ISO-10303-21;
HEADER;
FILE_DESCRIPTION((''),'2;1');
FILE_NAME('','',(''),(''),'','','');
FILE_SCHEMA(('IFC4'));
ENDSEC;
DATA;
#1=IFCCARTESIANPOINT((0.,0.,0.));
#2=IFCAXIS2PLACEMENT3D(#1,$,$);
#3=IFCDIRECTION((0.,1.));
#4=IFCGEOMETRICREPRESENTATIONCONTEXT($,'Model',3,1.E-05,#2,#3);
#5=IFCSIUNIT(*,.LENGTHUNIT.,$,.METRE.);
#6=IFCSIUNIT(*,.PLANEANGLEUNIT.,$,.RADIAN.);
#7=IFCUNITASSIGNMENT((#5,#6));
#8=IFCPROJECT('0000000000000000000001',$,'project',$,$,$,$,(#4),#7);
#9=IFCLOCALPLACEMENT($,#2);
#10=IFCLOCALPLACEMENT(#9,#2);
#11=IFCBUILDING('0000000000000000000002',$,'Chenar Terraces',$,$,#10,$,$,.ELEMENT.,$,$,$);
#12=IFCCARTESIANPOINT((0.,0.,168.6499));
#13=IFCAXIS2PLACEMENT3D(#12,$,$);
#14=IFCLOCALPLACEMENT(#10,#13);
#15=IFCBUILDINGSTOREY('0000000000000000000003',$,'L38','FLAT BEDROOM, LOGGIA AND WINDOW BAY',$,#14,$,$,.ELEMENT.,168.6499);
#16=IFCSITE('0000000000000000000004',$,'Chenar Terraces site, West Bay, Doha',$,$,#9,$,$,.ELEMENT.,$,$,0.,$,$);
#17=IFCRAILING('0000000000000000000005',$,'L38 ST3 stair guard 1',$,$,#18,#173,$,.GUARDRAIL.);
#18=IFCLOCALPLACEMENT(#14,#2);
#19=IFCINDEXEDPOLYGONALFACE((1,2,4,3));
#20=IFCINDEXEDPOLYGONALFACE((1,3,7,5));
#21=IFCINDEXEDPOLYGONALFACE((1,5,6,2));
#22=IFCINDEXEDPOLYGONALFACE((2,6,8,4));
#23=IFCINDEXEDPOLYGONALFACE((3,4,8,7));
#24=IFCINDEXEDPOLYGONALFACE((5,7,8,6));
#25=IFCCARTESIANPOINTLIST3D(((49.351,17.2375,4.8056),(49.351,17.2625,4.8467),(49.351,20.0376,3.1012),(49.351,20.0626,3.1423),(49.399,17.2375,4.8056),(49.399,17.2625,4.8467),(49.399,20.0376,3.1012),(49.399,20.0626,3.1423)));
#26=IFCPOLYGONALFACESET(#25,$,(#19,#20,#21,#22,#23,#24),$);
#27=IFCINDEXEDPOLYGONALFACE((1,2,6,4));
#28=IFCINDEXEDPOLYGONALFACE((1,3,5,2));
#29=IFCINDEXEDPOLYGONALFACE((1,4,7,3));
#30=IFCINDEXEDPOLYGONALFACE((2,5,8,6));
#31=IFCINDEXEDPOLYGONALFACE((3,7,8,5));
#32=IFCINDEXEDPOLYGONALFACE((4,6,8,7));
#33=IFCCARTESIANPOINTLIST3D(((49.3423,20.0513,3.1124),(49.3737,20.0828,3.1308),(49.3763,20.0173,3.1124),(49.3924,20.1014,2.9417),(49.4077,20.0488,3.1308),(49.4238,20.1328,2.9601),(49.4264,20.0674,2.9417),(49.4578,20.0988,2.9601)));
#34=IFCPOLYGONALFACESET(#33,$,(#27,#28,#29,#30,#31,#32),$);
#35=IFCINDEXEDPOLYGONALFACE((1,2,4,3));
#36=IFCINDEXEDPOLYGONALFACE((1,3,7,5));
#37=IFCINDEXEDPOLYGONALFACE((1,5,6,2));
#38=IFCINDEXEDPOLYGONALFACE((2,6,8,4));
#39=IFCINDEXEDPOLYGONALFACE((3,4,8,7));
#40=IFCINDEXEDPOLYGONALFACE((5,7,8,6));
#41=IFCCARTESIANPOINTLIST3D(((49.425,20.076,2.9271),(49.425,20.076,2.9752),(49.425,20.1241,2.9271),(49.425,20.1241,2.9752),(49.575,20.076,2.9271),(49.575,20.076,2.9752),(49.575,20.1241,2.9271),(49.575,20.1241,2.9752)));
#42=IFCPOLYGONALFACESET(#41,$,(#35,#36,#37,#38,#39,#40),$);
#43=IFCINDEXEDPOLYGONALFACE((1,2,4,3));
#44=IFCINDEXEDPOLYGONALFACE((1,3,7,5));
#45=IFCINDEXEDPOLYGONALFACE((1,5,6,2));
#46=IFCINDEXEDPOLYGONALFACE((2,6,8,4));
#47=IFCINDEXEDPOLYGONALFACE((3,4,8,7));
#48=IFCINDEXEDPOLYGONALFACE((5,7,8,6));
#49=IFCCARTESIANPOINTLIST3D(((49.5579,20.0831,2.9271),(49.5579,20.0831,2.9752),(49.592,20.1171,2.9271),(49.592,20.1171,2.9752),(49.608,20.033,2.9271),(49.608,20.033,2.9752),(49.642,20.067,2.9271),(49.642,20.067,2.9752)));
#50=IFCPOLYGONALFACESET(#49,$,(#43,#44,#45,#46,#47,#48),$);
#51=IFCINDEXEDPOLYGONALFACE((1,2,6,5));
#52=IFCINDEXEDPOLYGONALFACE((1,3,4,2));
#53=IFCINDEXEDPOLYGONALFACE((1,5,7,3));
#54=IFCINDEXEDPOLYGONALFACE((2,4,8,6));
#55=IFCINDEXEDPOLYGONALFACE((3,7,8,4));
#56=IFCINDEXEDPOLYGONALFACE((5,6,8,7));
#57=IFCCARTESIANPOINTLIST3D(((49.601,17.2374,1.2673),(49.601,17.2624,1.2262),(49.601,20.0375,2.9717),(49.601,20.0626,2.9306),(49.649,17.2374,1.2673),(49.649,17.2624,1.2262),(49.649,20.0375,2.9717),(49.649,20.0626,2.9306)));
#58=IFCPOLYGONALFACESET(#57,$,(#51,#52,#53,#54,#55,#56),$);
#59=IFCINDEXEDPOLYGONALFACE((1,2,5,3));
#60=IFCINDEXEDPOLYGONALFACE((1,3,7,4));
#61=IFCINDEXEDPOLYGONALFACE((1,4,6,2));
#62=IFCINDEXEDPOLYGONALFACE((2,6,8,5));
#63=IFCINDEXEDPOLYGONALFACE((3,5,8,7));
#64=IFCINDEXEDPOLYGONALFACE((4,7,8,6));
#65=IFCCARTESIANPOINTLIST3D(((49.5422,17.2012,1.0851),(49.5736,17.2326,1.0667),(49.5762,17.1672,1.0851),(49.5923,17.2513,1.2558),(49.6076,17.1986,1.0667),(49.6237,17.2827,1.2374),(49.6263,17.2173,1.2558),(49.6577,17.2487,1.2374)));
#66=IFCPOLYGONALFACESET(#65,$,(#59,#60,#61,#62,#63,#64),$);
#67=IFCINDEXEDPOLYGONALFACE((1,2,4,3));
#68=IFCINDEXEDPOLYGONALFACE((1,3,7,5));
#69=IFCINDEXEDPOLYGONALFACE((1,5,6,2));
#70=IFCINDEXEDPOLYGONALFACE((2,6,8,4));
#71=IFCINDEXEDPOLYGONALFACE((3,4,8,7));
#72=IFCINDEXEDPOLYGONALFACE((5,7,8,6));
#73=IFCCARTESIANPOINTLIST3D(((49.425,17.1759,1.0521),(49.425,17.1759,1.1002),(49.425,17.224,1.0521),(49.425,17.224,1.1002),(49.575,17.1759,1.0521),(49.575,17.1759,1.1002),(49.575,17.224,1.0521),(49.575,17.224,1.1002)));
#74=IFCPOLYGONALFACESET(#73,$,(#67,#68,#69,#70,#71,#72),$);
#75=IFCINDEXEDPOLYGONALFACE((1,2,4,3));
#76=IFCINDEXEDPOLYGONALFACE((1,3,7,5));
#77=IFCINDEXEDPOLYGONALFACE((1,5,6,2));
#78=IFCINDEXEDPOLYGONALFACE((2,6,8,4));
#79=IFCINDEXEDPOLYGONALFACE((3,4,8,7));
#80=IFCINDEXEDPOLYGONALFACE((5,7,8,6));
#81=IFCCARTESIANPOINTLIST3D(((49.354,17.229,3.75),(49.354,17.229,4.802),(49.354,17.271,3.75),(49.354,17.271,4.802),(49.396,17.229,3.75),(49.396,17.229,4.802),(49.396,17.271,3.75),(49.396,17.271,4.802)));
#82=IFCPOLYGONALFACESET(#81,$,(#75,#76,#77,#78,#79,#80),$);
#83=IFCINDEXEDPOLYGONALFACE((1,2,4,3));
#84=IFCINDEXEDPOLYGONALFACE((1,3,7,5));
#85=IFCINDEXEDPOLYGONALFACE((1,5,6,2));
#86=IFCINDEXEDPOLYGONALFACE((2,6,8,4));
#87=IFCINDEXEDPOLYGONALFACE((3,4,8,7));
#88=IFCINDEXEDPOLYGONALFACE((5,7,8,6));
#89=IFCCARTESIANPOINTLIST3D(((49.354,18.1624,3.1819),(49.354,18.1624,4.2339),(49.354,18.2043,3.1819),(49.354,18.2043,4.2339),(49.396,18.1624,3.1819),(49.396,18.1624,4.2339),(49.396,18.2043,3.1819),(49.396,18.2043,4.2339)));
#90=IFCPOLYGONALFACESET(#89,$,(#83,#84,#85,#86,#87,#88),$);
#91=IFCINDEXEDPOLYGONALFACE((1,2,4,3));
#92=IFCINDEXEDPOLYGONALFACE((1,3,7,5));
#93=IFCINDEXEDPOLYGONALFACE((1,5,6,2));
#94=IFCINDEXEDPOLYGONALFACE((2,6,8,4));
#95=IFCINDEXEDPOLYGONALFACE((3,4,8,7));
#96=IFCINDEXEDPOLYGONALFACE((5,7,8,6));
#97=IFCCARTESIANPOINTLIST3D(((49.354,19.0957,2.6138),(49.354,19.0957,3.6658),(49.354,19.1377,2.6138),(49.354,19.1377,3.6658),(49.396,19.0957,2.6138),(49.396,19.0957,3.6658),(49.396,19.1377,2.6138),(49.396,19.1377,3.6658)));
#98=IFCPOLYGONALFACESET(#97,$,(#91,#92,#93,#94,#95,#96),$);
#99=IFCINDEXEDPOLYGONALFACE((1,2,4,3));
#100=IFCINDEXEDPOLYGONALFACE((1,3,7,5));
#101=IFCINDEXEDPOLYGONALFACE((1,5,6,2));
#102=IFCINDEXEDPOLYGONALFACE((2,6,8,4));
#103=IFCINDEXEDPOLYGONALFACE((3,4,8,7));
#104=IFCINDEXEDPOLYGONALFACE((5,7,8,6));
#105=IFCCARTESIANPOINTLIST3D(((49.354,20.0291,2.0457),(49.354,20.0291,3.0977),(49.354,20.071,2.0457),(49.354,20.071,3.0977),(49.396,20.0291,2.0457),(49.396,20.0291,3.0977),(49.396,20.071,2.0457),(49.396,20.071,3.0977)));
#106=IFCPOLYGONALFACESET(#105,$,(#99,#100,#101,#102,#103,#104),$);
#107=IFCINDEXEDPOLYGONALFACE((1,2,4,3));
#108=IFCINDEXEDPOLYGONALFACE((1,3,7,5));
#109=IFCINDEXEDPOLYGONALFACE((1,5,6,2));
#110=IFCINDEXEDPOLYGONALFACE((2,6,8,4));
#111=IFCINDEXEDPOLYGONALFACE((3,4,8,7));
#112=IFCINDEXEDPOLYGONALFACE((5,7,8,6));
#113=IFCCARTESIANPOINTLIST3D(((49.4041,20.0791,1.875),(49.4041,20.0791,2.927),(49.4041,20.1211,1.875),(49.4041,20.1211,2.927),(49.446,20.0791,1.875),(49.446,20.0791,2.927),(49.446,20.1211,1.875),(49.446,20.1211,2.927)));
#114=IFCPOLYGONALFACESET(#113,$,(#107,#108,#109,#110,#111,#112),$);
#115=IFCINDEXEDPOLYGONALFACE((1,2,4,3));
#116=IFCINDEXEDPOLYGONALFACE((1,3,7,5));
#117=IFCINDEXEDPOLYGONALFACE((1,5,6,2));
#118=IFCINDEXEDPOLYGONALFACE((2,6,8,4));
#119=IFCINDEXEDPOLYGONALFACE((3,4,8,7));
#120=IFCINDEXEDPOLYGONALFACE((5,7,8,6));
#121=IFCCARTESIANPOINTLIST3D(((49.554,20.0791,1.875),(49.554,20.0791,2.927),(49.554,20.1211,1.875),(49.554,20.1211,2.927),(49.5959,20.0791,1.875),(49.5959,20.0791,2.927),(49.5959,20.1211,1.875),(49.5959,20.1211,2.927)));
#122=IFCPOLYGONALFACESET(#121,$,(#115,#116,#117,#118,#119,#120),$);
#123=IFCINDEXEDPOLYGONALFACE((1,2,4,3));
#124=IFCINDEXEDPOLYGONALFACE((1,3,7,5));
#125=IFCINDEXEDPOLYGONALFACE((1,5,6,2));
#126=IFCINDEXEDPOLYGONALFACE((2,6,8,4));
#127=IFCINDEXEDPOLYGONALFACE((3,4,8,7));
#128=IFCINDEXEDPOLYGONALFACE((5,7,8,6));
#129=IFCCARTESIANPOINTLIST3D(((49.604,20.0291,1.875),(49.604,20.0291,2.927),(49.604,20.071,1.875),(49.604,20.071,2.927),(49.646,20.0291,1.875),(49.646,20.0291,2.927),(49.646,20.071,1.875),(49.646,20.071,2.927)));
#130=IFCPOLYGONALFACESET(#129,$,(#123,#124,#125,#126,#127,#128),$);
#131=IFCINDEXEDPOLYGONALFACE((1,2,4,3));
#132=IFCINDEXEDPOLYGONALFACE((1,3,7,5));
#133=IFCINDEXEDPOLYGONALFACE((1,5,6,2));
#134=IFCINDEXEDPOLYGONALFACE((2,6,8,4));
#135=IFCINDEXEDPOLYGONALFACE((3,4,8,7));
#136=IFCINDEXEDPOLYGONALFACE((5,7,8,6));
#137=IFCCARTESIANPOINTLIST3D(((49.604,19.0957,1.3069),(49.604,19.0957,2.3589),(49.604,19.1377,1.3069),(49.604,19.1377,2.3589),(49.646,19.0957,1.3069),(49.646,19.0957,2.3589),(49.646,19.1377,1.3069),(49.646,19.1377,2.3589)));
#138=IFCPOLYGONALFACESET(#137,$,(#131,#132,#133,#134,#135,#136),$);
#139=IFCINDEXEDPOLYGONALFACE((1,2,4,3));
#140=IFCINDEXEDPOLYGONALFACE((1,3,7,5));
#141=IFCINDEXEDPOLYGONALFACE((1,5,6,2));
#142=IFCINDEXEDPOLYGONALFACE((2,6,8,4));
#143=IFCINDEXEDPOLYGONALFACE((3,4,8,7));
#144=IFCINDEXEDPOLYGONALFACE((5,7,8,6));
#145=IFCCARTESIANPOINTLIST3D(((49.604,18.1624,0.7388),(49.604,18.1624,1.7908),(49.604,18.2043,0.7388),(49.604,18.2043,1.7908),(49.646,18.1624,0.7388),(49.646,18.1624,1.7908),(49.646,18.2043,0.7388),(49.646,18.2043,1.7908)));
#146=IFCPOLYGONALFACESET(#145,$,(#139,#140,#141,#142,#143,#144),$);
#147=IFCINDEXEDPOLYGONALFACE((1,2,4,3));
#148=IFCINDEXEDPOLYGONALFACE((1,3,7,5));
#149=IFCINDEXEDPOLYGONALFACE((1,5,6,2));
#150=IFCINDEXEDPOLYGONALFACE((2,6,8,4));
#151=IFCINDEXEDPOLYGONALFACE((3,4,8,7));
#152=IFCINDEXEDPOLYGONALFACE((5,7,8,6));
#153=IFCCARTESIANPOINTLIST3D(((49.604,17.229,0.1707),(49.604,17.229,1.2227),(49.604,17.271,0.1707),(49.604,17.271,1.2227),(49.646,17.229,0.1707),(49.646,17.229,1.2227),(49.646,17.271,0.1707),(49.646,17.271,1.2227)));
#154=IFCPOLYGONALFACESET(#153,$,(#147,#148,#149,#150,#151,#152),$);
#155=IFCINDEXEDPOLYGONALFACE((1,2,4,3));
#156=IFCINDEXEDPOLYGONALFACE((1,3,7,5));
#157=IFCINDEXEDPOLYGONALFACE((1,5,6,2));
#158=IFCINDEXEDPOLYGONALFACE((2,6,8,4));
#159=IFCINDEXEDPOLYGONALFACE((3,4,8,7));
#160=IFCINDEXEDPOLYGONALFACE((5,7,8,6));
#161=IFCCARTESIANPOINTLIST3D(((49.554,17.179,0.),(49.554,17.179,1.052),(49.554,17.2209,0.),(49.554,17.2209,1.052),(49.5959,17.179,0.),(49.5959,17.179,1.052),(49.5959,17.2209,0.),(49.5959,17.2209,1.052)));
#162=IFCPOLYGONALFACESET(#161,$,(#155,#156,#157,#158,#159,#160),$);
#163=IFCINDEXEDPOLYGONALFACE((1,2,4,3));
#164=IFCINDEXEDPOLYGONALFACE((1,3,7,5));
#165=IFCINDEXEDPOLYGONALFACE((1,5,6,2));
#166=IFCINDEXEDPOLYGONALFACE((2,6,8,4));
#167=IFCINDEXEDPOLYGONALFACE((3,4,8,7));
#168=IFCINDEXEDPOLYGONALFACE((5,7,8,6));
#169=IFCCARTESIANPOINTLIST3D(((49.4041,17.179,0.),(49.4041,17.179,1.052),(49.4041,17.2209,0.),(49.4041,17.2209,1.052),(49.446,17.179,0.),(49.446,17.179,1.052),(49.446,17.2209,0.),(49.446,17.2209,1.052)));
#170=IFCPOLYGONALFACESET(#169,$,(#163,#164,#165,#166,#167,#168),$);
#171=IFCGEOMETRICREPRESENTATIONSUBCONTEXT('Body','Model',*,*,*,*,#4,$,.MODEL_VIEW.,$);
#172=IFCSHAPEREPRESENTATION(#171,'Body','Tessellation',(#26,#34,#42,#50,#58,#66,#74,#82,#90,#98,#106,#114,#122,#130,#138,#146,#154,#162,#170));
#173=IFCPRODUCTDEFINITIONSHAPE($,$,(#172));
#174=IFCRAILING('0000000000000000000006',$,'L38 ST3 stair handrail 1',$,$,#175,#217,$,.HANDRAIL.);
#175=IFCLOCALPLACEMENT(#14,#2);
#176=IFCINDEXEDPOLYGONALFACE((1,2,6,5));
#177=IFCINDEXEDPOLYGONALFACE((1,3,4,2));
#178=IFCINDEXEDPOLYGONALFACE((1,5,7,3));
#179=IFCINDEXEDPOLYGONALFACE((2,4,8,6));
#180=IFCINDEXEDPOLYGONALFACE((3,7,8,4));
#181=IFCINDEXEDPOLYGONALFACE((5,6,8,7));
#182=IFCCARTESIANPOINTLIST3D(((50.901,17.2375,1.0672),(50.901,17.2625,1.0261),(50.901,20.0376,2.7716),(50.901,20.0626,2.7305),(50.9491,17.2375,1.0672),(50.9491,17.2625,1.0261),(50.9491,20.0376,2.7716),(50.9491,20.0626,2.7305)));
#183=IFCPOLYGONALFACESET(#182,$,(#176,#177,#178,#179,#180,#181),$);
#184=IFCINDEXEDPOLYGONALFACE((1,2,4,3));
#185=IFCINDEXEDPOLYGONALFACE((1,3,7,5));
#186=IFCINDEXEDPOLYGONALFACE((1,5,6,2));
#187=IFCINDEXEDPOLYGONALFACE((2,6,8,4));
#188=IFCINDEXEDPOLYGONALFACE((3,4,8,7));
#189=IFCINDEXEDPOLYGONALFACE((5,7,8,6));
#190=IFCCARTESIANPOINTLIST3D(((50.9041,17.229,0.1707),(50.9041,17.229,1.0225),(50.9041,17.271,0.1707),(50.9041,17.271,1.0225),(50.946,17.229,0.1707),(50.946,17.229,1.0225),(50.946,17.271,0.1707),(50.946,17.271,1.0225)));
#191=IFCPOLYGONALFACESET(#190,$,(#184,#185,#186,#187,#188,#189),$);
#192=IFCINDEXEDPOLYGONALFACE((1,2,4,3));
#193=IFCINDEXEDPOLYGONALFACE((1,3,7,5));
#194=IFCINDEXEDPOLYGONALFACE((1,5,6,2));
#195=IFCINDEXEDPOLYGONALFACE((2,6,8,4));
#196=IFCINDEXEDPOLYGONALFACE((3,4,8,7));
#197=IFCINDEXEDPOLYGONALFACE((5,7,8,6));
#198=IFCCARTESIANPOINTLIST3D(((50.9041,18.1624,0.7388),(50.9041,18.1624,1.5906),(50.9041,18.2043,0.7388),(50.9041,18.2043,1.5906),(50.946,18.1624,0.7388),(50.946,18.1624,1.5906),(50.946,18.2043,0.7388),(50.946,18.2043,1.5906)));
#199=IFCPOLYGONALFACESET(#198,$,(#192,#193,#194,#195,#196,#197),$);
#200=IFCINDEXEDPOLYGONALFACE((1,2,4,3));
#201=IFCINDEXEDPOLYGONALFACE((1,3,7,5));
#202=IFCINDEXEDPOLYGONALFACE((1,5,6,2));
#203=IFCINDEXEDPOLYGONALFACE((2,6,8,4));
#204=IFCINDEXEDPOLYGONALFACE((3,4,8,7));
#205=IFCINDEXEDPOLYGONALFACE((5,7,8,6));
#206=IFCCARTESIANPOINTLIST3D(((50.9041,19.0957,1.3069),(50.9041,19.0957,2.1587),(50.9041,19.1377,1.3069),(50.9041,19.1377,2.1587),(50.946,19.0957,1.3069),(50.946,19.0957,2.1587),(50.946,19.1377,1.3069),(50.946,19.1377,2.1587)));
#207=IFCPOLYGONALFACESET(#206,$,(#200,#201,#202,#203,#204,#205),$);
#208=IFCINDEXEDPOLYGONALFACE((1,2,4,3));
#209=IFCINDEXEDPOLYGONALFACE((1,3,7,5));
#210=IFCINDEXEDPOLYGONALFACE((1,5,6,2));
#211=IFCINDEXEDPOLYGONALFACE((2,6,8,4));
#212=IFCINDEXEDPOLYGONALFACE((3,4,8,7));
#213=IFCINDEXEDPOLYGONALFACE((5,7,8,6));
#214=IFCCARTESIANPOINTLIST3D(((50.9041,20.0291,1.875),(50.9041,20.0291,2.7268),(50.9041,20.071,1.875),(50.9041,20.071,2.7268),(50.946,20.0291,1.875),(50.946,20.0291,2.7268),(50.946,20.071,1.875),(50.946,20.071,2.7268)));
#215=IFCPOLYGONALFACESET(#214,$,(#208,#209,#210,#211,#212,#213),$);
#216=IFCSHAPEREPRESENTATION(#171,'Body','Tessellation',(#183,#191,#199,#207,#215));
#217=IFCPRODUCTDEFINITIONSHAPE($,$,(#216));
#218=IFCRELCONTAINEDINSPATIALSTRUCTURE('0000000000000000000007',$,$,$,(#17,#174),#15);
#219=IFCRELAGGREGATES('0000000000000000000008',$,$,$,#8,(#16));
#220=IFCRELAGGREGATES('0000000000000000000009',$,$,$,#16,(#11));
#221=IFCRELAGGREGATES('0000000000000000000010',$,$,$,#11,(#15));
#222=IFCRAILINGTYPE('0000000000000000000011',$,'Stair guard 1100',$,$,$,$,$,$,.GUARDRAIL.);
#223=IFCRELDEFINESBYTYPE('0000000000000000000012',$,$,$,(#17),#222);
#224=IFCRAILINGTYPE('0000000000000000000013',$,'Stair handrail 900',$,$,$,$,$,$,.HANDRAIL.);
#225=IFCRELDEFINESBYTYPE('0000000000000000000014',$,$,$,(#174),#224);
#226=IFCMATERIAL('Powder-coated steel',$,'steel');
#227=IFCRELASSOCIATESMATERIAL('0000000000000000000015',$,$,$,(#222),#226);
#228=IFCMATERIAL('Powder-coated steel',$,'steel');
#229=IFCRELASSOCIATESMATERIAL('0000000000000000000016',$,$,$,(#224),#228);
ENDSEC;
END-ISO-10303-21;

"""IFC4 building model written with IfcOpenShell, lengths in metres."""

from ifc_helpers import new_model, si_unit, direction, frame, origin, origin_2d, place, context, subcontext, project, spatial, rectangle, extrude, material, type_object, element, save


model = new_model("IFC4")

# Units and contexts
model_context = context("Model", 3, precision=1e-05, world=origin(), true_north=direction((0.0, 1.0)))
body_context = subcontext(model_context, "Body", "Model", "MODEL_VIEW")
ifc_project = project(units=[si_unit("LENGTHUNIT", "METRE"), si_unit("PLANEANGLEUNIT", "RADIAN")], contexts=[model_context])

# Site, building, storey
site_placement = place(None, origin())
site = spatial("IfcSite", under=ifc_project, at=site_placement, Name="Chenar Terraces site, West Bay, Doha", CompositionType="ELEMENT", RefElevation=0.0)
building_placement = place(site_placement, origin())
building = spatial("IfcBuilding", under=site, at=building_placement, Name="Chenar Terraces", CompositionType="ELEMENT")
storey_placement = place(building_placement, frame((0.0, 0.0, 168.6499)))
storey = spatial("IfcBuildingStorey", under=building, at=storey_placement, Name="L38", Description="FLAT BEDROOM, LOGGIA AND WINDOW BAY", CompositionType="ELEMENT", Elevation=168.6499)

# Railings
ifc_material_1 = material(Name="Powder-coated steel", Category="steel")
railing_type_1 = type_object("IfcRailingType", Name="Stair guard 1100", PredefinedType="GUARDRAIL", material=ifc_material_1)
railing_1_placement = place(storey_placement, frame((49.375, 17.25, 3.75)))
element("IfcRailing", 1, at=railing_1_placement, inside=storey, type_object=railing_type_1, Name="L38 ST3 stair guard 1", PredefinedType="GUARDRAIL", context=body_context, shape_type="SweptSolid", body=[
    extrude(rectangle(XDim=0.0481, YDim=0.0481, at=origin_2d()), frame((0.0, 0.0, 1.0762), z_axis=(0.0, 0.854203, -0.51994), x_axis=(-1.0, 0.0, 0.0)), (0.0, 0.0, 1.0), 3.2781),
    extrude(rectangle(XDim=0.0481, YDim=0.0481, at=origin_2d()), frame((0.0, 2.8, -0.6284), z_axis=(0.2709, 0.2709, -0.923703), x_axis=(-0.707107, 0.707107, 0.0)), (0.0, 0.0, 1.0), 0.1848),
    extrude(rectangle(XDim=0.0481, YDim=0.0481, at=origin_2d()), frame((0.05, 2.8501, -0.7988), z_axis=(1.0, 0.0, 0.0), x_axis=(0.0, 1.0, 0.0)), (0.0, 0.0, 1.0), 0.1499),
    extrude(rectangle(XDim=0.0481, YDim=0.0481, at=origin_2d()), frame((0.2, 2.8501, -0.7988), z_axis=(0.707107, -0.707107, 0.0), x_axis=(0.707107, 0.707107, 0.0)), (0.0, 0.0, 1.0), 0.0708),
    extrude(rectangle(XDim=0.0481, YDim=0.0481, at=origin_2d()), frame((0.25, 2.8, -0.7988), z_axis=(0.0, -0.854203, -0.51994), x_axis=(1.0, 0.0, 0.0)), (0.0, 0.0, 1.0), 3.2781),
    extrude(rectangle(XDim=0.0481, YDim=0.0481, at=origin_2d()), frame((0.25, 0.0, -2.5034), z_axis=(-0.2709, -0.2709, -0.923703), x_axis=(0.707107, -0.707107, 0.0)), (0.0, 0.0, 1.0), 0.1848),
    extrude(rectangle(XDim=0.0481, YDim=0.0481, at=origin_2d()), frame((0.2, -0.05, -2.6738), z_axis=(-1.0, 0.0, 0.0), x_axis=(0.0, -1.0, 0.0)), (0.0, 0.0, 1.0), 0.1499),
    extrude(rectangle(XDim=0.042, YDim=0.042, at=origin_2d()), origin(), (0.0, 0.0, 1.0), 1.052),
    extrude(rectangle(XDim=0.042, YDim=0.042, at=origin_2d()), frame((0.0, 0.9333, -0.5681)), (0.0, 0.0, 1.0), 1.052),
    extrude(rectangle(XDim=0.042, YDim=0.042, at=origin_2d()), frame((0.0, 1.8667, -1.1362)), (0.0, 0.0, 1.0), 1.052),
    extrude(rectangle(XDim=0.042, YDim=0.042, at=origin_2d()), frame((0.0, 2.8, -1.7043)), (0.0, 0.0, 1.0), 1.052),
    extrude(rectangle(XDim=0.042, YDim=0.042, at=origin_2d()), frame((0.05, 2.8501, -1.875)), (0.0, 0.0, 1.0), 1.052),
    extrude(rectangle(XDim=0.042, YDim=0.042, at=origin_2d()), frame((0.2, 2.8501, -1.875)), (0.0, 0.0, 1.0), 1.052),
    extrude(rectangle(XDim=0.042, YDim=0.042, at=origin_2d()), frame((0.25, 2.8, -1.875)), (0.0, 0.0, 1.0), 1.052),
    extrude(rectangle(XDim=0.042, YDim=0.042, at=origin_2d()), frame((0.25, 1.8667, -2.4431)), (0.0, 0.0, 1.0), 1.052),
    extrude(rectangle(XDim=0.042, YDim=0.042, at=origin_2d()), frame((0.25, 0.9333, -3.0112)), (0.0, 0.0, 1.0), 1.052),
    extrude(rectangle(XDim=0.042, YDim=0.042, at=origin_2d()), frame((0.25, 0.0, -3.5793)), (0.0, 0.0, 1.0), 1.052),
    extrude(rectangle(XDim=0.042, YDim=0.042, at=origin_2d()), frame((0.2, -0.05, -3.75)), (0.0, 0.0, 1.0), 1.052),
    extrude(rectangle(XDim=0.042, YDim=0.042, at=origin_2d()), frame((0.05, -0.05, -3.75)), (0.0, 0.0, 1.0), 1.052),
])
ifc_material_2 = material(Name="Powder-coated steel", Category="steel")
railing_type_2 = type_object("IfcRailingType", Name="Stair handrail 900", PredefinedType="HANDRAIL", material=ifc_material_2)
railing_2_placement = place(storey_placement, frame((50.925, 17.25, 0.1707)))
element("IfcRailing", 2, at=railing_2_placement, inside=storey, type_object=railing_type_2, Name="L38 ST3 stair handrail 1", PredefinedType="HANDRAIL", context=body_context, shape_type="SweptSolid", body=[
    extrude(rectangle(XDim=0.0481, YDim=0.0481, at=origin_2d()), frame((0.0, 0.0, 0.876), z_axis=(0.0, 0.854203, 0.51994), x_axis=(-1.0, 0.0, 0.0)), (0.0, 0.0, 1.0), 3.2781),
    extrude(rectangle(XDim=0.042, YDim=0.042, at=origin_2d()), origin(), (0.0, 0.0, 1.0), 0.8518),
    extrude(rectangle(XDim=0.042, YDim=0.042, at=origin_2d()), frame((0.0, 0.9333, 0.5681)), (0.0, 0.0, 1.0), 0.8518),
    extrude(rectangle(XDim=0.042, YDim=0.042, at=origin_2d()), frame((0.0, 1.8667, 1.1362)), (0.0, 0.0, 1.0), 0.8518),
    extrude(rectangle(XDim=0.042, YDim=0.042, at=origin_2d()), frame((0.0, 2.8, 1.7043)), (0.0, 0.0, 1.0), 0.8518),
])

save(model, "model.ifc")
